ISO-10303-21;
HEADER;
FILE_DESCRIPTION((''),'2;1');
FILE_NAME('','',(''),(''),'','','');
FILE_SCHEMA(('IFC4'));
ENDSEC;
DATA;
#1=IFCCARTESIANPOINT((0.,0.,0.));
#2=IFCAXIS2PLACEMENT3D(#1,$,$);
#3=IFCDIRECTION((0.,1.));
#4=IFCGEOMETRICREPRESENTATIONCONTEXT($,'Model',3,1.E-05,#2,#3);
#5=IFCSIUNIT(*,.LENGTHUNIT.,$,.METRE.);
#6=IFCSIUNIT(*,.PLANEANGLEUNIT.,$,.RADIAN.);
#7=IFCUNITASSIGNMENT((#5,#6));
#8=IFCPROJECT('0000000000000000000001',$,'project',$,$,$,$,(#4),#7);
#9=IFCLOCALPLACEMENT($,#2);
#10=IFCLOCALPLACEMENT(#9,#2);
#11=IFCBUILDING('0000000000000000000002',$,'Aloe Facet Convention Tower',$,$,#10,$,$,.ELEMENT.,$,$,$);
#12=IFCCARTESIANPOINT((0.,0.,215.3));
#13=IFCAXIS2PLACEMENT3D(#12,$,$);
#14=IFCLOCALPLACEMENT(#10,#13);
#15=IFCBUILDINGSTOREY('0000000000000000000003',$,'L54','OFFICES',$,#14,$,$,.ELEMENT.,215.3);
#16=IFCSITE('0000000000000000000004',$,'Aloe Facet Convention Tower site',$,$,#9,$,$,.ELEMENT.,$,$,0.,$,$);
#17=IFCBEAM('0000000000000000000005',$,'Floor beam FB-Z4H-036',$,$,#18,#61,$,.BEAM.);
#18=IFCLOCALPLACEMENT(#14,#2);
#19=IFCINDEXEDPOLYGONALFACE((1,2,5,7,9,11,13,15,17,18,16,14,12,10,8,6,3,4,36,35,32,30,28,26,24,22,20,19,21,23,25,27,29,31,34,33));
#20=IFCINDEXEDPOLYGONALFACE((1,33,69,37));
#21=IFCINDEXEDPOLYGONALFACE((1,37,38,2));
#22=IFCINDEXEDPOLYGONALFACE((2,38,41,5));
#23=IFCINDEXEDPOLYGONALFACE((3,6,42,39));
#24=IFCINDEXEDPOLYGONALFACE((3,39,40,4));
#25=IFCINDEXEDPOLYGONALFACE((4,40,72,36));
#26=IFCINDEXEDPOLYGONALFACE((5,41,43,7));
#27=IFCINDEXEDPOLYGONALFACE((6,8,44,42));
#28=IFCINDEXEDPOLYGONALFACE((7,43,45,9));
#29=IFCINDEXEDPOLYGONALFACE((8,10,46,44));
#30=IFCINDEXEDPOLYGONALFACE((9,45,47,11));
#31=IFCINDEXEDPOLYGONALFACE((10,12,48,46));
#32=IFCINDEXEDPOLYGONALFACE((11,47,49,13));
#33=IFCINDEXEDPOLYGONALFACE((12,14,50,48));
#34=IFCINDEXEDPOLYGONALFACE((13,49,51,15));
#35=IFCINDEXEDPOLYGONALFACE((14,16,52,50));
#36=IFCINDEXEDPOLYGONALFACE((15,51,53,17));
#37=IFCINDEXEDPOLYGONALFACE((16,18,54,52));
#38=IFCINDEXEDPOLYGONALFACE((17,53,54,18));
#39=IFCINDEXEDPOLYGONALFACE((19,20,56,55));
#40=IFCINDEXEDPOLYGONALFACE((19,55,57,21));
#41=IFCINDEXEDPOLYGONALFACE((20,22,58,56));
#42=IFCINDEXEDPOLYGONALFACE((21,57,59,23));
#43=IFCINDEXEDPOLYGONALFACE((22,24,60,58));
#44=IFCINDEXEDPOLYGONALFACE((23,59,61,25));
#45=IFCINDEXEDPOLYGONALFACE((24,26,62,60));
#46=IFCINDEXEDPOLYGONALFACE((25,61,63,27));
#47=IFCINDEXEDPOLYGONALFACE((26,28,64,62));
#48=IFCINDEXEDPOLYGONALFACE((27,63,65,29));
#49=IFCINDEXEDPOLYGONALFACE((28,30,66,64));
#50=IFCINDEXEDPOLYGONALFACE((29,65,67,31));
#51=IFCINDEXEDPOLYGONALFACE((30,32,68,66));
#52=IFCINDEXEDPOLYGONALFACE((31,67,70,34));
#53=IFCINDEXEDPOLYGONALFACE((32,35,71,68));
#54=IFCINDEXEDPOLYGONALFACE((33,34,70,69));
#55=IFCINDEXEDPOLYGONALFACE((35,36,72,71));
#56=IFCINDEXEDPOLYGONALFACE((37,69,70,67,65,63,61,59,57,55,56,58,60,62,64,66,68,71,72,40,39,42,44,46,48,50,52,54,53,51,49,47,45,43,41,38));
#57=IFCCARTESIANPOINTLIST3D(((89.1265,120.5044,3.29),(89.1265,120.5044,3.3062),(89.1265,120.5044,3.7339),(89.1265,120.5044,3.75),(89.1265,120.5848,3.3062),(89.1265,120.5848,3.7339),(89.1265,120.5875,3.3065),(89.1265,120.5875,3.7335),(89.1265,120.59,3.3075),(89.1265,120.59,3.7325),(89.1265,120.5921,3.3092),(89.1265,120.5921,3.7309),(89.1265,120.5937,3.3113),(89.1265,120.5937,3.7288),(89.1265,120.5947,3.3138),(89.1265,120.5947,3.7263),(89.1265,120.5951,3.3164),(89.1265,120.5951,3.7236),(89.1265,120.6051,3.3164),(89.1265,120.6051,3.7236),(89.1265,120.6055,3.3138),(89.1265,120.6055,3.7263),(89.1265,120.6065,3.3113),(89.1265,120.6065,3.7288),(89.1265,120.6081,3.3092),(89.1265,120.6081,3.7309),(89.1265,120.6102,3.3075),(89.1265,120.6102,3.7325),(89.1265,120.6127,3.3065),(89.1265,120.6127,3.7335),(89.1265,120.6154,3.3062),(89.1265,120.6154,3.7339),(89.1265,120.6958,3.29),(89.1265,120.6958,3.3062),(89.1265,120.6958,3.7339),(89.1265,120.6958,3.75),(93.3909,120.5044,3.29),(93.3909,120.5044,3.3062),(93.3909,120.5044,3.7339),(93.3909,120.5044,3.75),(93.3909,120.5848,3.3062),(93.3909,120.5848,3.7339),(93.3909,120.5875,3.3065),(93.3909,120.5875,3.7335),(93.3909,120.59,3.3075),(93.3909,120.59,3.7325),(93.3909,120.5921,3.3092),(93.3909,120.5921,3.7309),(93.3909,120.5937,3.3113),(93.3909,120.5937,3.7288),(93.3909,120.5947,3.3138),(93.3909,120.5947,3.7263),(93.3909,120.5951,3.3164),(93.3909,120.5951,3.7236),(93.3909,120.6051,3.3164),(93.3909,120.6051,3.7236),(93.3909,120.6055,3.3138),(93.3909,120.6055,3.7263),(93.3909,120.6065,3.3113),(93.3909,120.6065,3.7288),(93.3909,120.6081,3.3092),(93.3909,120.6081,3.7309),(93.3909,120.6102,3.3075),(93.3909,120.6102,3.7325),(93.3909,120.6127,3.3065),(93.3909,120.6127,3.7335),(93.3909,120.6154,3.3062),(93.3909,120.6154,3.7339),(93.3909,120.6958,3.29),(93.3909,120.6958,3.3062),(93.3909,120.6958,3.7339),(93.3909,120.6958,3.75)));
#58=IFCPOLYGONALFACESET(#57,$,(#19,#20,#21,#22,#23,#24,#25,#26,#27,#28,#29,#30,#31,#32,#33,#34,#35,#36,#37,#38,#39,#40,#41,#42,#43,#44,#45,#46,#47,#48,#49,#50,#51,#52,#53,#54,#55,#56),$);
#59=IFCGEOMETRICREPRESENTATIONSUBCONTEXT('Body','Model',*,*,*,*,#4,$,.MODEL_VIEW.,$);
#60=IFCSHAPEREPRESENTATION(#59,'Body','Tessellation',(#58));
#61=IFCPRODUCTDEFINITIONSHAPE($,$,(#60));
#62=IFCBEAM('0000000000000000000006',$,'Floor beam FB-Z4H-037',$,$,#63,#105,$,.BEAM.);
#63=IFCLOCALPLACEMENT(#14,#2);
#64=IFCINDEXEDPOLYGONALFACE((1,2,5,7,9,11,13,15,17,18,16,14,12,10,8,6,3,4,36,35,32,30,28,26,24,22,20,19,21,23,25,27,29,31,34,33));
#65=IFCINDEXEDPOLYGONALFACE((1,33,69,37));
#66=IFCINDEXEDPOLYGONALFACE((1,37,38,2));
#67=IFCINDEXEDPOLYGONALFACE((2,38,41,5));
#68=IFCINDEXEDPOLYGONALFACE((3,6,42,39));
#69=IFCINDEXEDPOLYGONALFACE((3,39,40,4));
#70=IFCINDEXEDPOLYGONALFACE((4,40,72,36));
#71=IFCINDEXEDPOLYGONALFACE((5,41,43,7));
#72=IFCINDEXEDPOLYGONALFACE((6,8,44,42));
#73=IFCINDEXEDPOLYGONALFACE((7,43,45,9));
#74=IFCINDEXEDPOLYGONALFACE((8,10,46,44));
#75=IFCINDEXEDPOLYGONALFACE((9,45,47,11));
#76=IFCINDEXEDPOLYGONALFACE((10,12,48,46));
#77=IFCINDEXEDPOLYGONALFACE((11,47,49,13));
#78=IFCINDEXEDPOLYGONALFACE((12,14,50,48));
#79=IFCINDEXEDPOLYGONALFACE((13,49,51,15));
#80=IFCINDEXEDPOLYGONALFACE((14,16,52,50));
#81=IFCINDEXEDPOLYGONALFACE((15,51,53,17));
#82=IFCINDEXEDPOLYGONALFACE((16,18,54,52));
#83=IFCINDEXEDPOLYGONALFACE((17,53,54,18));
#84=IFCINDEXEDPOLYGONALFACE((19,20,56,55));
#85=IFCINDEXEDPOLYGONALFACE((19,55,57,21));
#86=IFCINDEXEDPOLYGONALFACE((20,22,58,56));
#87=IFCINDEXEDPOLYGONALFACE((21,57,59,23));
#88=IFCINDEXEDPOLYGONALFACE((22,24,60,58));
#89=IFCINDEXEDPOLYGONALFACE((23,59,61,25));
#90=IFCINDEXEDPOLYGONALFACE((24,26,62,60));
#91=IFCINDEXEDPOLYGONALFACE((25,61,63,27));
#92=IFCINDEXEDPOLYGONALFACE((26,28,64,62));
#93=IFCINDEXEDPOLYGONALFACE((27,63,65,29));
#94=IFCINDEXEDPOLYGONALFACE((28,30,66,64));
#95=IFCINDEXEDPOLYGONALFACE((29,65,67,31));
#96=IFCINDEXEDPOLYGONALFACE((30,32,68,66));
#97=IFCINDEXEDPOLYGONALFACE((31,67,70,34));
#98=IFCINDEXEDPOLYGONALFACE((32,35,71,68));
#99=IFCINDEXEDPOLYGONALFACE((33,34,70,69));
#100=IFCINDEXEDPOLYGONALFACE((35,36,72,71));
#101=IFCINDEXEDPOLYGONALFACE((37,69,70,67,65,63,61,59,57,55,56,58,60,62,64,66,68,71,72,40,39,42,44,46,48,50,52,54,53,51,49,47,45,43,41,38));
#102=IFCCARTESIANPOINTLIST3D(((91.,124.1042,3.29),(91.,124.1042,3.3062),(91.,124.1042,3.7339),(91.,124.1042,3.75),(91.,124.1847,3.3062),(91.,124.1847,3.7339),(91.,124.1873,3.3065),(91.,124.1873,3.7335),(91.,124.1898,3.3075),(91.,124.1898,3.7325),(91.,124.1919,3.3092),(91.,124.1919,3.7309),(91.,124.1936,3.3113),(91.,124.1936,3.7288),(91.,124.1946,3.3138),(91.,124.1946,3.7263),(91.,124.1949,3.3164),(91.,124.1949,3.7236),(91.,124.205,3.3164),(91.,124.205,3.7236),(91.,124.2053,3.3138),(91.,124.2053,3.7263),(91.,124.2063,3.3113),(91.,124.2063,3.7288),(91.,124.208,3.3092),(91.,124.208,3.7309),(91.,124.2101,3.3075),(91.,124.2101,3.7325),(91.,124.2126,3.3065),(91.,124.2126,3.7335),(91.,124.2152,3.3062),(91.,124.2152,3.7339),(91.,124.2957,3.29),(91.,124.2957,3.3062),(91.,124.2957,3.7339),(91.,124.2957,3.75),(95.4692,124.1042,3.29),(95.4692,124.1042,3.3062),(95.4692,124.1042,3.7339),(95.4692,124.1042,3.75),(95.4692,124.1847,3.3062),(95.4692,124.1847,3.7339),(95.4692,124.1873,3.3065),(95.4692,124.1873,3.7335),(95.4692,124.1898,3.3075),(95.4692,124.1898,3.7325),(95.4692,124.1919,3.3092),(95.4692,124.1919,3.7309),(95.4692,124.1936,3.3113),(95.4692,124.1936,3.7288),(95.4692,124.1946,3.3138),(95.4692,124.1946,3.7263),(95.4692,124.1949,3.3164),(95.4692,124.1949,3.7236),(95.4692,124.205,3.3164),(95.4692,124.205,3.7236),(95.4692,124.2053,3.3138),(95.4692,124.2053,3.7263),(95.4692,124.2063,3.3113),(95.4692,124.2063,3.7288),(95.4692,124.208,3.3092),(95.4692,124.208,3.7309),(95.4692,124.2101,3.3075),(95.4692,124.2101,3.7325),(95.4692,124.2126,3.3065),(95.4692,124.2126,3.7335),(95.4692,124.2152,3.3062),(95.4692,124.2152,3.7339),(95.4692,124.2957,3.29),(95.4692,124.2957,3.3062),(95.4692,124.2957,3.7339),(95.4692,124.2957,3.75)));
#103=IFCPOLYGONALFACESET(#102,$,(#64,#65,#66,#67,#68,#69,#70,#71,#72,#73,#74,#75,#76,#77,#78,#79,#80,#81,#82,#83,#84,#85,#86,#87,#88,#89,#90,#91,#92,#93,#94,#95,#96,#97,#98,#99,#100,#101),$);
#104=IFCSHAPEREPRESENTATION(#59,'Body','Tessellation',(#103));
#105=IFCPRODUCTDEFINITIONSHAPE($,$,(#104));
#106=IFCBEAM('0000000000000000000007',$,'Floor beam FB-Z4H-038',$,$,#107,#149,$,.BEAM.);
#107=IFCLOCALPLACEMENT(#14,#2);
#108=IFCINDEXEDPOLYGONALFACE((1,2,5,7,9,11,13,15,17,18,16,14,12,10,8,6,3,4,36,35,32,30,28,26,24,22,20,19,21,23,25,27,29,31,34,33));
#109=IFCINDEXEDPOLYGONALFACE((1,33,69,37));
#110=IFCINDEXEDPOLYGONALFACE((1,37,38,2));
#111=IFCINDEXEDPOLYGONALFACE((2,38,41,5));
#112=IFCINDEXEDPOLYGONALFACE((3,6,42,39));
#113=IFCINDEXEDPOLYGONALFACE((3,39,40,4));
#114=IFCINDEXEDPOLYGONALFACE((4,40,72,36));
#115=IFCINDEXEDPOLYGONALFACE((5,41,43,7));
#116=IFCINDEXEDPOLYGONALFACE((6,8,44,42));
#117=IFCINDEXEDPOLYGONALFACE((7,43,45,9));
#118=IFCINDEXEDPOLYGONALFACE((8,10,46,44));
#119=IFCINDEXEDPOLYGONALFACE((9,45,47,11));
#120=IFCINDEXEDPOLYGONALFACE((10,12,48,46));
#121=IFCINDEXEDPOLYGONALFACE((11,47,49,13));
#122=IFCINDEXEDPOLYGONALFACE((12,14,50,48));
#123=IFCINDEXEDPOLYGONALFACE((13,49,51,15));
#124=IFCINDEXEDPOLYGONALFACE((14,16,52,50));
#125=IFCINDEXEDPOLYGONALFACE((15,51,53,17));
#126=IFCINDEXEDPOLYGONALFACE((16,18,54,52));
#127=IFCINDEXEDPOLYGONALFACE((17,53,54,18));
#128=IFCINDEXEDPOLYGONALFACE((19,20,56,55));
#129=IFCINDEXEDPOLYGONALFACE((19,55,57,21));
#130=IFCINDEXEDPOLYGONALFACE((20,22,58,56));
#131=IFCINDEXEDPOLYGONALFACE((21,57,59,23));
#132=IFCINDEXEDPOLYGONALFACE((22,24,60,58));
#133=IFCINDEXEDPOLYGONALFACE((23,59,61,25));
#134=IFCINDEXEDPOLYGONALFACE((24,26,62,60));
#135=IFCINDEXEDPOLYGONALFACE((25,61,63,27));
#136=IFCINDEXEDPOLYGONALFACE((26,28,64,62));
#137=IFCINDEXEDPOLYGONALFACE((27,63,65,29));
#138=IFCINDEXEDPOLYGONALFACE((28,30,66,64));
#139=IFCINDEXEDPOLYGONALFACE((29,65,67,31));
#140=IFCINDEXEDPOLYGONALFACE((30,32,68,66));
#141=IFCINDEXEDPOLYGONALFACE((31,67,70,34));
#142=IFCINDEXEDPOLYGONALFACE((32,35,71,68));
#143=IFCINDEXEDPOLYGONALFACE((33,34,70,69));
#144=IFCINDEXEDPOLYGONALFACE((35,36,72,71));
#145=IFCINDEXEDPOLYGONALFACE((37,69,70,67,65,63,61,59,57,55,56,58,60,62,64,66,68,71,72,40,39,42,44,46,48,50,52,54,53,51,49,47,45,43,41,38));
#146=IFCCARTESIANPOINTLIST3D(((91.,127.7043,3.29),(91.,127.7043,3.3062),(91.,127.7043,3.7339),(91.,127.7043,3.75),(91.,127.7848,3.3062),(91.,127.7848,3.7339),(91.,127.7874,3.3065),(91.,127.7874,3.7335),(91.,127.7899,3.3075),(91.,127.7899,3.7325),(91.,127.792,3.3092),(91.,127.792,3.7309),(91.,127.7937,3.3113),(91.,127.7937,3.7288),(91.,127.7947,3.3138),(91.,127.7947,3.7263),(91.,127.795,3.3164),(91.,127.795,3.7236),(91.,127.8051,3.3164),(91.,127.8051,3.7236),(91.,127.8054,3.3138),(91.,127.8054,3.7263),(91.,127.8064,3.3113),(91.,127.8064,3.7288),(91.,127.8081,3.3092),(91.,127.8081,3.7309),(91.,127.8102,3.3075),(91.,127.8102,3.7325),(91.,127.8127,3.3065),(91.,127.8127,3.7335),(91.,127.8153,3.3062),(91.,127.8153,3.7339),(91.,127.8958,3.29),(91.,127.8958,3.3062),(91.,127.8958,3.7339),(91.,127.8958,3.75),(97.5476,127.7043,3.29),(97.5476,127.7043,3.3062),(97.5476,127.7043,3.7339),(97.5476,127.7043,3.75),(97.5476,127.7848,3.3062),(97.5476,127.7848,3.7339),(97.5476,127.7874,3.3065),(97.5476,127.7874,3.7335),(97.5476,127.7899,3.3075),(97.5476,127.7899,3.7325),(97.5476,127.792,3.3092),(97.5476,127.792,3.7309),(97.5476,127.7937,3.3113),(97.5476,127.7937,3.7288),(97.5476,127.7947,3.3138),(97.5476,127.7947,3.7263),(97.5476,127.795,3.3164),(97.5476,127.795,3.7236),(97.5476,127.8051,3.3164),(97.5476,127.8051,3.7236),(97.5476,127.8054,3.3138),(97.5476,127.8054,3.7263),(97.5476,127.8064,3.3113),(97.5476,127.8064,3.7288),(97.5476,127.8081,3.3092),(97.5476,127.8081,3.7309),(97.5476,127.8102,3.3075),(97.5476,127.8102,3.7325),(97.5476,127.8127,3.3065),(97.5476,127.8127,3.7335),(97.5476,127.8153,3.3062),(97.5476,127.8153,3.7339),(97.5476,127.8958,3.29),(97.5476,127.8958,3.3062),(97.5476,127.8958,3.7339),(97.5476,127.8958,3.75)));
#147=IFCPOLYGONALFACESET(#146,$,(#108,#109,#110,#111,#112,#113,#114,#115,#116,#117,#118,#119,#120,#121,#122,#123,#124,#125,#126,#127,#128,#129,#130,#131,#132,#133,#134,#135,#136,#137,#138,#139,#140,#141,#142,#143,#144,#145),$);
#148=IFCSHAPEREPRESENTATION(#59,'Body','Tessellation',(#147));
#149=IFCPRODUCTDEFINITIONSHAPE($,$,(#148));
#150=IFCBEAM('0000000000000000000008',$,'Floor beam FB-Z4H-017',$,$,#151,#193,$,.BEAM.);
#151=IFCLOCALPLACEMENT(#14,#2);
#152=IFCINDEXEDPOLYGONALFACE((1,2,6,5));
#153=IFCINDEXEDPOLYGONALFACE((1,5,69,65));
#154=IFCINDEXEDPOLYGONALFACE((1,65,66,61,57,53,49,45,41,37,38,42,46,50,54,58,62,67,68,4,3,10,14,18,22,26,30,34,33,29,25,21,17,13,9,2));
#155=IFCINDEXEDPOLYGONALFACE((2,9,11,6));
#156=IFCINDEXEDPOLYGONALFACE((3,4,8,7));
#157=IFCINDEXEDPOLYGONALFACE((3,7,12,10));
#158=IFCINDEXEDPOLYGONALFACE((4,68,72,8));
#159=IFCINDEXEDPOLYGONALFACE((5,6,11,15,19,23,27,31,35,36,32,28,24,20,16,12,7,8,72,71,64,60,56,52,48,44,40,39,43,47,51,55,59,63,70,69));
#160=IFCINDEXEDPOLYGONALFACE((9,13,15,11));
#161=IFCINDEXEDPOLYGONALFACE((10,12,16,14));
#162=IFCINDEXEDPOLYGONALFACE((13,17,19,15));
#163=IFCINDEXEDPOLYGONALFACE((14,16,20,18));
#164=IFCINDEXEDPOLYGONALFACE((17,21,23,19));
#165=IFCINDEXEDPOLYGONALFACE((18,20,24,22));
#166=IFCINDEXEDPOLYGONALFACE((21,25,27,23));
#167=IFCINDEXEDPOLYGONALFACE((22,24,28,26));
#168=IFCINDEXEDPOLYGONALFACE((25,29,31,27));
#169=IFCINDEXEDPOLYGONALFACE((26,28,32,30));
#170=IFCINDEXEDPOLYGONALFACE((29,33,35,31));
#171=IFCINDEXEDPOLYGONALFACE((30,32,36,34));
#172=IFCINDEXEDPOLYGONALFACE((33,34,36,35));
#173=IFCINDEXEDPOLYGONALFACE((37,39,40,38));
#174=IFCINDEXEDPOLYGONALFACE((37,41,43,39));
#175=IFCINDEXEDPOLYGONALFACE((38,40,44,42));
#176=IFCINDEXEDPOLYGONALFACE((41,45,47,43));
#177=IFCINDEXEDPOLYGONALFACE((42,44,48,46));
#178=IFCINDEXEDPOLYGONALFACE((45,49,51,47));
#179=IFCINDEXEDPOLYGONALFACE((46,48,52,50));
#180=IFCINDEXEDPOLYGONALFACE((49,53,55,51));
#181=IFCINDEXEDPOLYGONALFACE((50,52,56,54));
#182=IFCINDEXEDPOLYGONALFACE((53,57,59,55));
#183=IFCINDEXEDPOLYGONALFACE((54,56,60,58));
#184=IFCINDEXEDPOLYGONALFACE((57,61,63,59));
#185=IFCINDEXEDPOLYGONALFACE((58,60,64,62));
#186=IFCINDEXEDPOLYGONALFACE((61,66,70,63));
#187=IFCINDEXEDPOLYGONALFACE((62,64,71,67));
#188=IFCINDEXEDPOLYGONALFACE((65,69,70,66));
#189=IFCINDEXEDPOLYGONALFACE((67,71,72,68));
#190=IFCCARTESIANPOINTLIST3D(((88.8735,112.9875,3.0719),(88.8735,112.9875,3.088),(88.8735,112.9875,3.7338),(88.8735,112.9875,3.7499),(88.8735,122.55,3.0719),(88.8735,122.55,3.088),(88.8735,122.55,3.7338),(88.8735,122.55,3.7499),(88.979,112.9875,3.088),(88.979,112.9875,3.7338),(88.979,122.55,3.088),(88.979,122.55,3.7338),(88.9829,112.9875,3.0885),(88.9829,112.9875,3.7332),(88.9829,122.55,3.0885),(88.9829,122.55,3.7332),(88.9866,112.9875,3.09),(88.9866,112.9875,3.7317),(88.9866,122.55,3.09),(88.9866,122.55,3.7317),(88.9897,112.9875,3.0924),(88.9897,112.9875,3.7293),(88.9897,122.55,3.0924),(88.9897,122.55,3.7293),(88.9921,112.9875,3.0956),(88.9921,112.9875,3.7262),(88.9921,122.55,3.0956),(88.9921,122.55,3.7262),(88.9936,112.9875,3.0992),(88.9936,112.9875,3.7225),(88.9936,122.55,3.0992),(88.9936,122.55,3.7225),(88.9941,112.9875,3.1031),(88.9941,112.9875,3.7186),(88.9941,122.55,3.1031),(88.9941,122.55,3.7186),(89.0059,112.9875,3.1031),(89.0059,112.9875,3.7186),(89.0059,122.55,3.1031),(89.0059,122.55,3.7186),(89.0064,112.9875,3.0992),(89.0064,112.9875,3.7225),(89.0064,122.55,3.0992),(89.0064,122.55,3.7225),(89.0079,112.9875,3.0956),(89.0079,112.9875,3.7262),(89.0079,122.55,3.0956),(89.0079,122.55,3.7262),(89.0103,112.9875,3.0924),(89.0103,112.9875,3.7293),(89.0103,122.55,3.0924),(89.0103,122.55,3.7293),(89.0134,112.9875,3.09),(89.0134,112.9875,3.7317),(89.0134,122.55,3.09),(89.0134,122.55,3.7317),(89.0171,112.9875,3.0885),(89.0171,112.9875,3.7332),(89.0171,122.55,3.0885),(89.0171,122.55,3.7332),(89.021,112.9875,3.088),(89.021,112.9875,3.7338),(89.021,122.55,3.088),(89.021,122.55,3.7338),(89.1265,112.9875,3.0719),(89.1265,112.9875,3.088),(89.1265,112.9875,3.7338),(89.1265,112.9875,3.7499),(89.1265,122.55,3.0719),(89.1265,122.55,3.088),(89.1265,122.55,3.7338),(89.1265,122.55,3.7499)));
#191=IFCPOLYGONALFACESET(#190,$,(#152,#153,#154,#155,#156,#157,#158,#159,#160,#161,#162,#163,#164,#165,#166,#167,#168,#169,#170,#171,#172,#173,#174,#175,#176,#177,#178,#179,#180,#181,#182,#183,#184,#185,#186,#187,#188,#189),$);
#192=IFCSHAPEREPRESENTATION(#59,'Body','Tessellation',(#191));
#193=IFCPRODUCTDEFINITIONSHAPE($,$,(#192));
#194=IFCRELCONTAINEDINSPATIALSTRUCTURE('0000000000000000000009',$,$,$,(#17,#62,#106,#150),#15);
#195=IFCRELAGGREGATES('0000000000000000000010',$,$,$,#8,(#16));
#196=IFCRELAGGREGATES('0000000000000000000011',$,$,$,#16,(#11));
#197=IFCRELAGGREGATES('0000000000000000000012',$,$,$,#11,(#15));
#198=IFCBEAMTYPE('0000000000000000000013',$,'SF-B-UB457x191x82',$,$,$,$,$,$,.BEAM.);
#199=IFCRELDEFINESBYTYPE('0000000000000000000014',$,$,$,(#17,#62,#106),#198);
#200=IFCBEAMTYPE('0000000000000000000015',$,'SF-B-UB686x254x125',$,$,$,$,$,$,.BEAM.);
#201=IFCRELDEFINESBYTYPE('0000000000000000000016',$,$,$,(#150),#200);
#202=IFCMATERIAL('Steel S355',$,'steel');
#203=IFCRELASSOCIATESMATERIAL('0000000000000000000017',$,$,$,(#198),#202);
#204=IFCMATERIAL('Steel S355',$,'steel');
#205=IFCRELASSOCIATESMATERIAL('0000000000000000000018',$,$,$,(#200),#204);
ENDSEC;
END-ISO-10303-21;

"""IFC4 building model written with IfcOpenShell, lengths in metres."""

from ifc_helpers import new_model, si_unit, direction, frame, origin, origin_2d, place, context, subcontext, project, spatial, i_section, extrude, material, material_profile, profile_set, type_object, element, save


model = new_model("IFC4")

# Units and contexts
model_context = context("Model", 3, precision=1e-05, world=origin(), true_north=direction((0.0, 1.0)))
body_context = subcontext(model_context, "Body", "Model", "MODEL_VIEW")
ifc_project = project(units=[si_unit("LENGTHUNIT", "METRE"), si_unit("PLANEANGLEUNIT", "RADIAN")], contexts=[model_context])

# Site, building, storey
site_placement = place(None, origin())
site = spatial("IfcSite", under=ifc_project, at=site_placement, Name="Aloe Facet Convention Tower site", CompositionType="ELEMENT", RefElevation=0.0)
building_placement = place(site_placement, origin())
building = spatial("IfcBuilding", under=site, at=building_placement, Name="Aloe Facet Convention Tower", CompositionType="ELEMENT")
storey_placement = place(building_placement, frame((0.0, 0.0, 215.3)))
storey = spatial("IfcBuildingStorey", under=building, at=storey_placement, Name="L54", Description="OFFICES", CompositionType="ELEMENT", Elevation=215.3)

# Beams
ifc_material_1 = material(Name="Steel S355", Category="steel")
ifc_material_profile_1 = material_profile(ifc_material_1, i_section(OverallWidth=0.1914, OverallDepth=0.46, WebThickness=0.01, FlangeThickness=0.0161, FilletRadius=0.0103, at=origin_2d()), Name="UB 457x191x82")
ifc_profile_set_1 = profile_set([ifc_material_profile_1], Name="Steel S355")
beam_type_1 = type_object("IfcBeamType", Name="SF-B-UB457x191x82", PredefinedType="BEAM", material=ifc_profile_set_1)
beam_1_placement = place(storey_placement, frame((89.1265, 120.6001, 3.52), z_axis=(1.0, 0.0, 0.0), x_axis=(0.0, 1.0, 0.0)))
element("IfcBeam", 1, at=beam_1_placement, inside=storey, type_object=beam_type_1, Name="Floor beam FB-Z4H-036", PredefinedType="BEAM", context=body_context, shape_type="SweptSolid", body=[
    extrude(i_section(OverallWidth=0.1914, OverallDepth=0.46, WebThickness=0.01, FlangeThickness=0.0161, FilletRadius=0.0103, at=origin_2d()), origin(), (0.0, 0.0, 1.0), 4.2644),
])
beam_2_placement = place(storey_placement, frame((91.0, 124.2, 3.52), z_axis=(1.0, 0.0, 0.0), x_axis=(0.0, 1.0, 0.0)))
element("IfcBeam", 2, at=beam_2_placement, inside=storey, type_object=beam_type_1, Name="Floor beam FB-Z4H-037", PredefinedType="BEAM", context=body_context, shape_type="SweptSolid", body=[
    extrude(i_section(OverallWidth=0.1914, OverallDepth=0.46, WebThickness=0.01, FlangeThickness=0.0161, FilletRadius=0.0103, at=origin_2d()), origin(), (0.0, 0.0, 1.0), 4.4692),
])
beam_3_placement = place(storey_placement, frame((91.0, 127.8, 3.52), z_axis=(1.0, 0.0, 0.0), x_axis=(0.0, 1.0, 0.0)))
element("IfcBeam", 3, at=beam_3_placement, inside=storey, type_object=beam_type_1, Name="Floor beam FB-Z4H-038", PredefinedType="BEAM", context=body_context, shape_type="SweptSolid", body=[
    extrude(i_section(OverallWidth=0.1914, OverallDepth=0.46, WebThickness=0.01, FlangeThickness=0.0161, FilletRadius=0.0103, at=origin_2d()), origin(), (0.0, 0.0, 1.0), 6.5476),
])
ifc_material_2 = material(Name="Steel S355", Category="steel")
ifc_material_profile_2 = material_profile(ifc_material_2, i_section(OverallWidth=0.2529, OverallDepth=0.678, WebThickness=0.0117, FlangeThickness=0.0161, FilletRadius=0.0151, at=origin_2d()), Name="UB 686x254x125")
ifc_profile_set_2 = profile_set([ifc_material_profile_2], Name="Steel S355")
beam_type_2 = type_object("IfcBeamType", Name="SF-B-UB686x254x125", PredefinedType="BEAM", material=ifc_profile_set_2)
beam_4_placement = place(storey_placement, frame((89.0, 122.55, 3.4109), z_axis=(0.0, -1.0, 0.0), x_axis=(1.0, 0.0, 0.0)))
element("IfcBeam", 4, at=beam_4_placement, inside=storey, type_object=beam_type_2, Name="Floor beam FB-Z4H-017", PredefinedType="BEAM", context=body_context, shape_type="SweptSolid", body=[
    extrude(i_section(OverallWidth=0.2529, OverallDepth=0.678, WebThickness=0.0117, FlangeThickness=0.0161, FilletRadius=0.0151, at=origin_2d()), origin(), (0.0, 0.0, 1.0), 9.5625),
])

save(model, "model.ifc")
